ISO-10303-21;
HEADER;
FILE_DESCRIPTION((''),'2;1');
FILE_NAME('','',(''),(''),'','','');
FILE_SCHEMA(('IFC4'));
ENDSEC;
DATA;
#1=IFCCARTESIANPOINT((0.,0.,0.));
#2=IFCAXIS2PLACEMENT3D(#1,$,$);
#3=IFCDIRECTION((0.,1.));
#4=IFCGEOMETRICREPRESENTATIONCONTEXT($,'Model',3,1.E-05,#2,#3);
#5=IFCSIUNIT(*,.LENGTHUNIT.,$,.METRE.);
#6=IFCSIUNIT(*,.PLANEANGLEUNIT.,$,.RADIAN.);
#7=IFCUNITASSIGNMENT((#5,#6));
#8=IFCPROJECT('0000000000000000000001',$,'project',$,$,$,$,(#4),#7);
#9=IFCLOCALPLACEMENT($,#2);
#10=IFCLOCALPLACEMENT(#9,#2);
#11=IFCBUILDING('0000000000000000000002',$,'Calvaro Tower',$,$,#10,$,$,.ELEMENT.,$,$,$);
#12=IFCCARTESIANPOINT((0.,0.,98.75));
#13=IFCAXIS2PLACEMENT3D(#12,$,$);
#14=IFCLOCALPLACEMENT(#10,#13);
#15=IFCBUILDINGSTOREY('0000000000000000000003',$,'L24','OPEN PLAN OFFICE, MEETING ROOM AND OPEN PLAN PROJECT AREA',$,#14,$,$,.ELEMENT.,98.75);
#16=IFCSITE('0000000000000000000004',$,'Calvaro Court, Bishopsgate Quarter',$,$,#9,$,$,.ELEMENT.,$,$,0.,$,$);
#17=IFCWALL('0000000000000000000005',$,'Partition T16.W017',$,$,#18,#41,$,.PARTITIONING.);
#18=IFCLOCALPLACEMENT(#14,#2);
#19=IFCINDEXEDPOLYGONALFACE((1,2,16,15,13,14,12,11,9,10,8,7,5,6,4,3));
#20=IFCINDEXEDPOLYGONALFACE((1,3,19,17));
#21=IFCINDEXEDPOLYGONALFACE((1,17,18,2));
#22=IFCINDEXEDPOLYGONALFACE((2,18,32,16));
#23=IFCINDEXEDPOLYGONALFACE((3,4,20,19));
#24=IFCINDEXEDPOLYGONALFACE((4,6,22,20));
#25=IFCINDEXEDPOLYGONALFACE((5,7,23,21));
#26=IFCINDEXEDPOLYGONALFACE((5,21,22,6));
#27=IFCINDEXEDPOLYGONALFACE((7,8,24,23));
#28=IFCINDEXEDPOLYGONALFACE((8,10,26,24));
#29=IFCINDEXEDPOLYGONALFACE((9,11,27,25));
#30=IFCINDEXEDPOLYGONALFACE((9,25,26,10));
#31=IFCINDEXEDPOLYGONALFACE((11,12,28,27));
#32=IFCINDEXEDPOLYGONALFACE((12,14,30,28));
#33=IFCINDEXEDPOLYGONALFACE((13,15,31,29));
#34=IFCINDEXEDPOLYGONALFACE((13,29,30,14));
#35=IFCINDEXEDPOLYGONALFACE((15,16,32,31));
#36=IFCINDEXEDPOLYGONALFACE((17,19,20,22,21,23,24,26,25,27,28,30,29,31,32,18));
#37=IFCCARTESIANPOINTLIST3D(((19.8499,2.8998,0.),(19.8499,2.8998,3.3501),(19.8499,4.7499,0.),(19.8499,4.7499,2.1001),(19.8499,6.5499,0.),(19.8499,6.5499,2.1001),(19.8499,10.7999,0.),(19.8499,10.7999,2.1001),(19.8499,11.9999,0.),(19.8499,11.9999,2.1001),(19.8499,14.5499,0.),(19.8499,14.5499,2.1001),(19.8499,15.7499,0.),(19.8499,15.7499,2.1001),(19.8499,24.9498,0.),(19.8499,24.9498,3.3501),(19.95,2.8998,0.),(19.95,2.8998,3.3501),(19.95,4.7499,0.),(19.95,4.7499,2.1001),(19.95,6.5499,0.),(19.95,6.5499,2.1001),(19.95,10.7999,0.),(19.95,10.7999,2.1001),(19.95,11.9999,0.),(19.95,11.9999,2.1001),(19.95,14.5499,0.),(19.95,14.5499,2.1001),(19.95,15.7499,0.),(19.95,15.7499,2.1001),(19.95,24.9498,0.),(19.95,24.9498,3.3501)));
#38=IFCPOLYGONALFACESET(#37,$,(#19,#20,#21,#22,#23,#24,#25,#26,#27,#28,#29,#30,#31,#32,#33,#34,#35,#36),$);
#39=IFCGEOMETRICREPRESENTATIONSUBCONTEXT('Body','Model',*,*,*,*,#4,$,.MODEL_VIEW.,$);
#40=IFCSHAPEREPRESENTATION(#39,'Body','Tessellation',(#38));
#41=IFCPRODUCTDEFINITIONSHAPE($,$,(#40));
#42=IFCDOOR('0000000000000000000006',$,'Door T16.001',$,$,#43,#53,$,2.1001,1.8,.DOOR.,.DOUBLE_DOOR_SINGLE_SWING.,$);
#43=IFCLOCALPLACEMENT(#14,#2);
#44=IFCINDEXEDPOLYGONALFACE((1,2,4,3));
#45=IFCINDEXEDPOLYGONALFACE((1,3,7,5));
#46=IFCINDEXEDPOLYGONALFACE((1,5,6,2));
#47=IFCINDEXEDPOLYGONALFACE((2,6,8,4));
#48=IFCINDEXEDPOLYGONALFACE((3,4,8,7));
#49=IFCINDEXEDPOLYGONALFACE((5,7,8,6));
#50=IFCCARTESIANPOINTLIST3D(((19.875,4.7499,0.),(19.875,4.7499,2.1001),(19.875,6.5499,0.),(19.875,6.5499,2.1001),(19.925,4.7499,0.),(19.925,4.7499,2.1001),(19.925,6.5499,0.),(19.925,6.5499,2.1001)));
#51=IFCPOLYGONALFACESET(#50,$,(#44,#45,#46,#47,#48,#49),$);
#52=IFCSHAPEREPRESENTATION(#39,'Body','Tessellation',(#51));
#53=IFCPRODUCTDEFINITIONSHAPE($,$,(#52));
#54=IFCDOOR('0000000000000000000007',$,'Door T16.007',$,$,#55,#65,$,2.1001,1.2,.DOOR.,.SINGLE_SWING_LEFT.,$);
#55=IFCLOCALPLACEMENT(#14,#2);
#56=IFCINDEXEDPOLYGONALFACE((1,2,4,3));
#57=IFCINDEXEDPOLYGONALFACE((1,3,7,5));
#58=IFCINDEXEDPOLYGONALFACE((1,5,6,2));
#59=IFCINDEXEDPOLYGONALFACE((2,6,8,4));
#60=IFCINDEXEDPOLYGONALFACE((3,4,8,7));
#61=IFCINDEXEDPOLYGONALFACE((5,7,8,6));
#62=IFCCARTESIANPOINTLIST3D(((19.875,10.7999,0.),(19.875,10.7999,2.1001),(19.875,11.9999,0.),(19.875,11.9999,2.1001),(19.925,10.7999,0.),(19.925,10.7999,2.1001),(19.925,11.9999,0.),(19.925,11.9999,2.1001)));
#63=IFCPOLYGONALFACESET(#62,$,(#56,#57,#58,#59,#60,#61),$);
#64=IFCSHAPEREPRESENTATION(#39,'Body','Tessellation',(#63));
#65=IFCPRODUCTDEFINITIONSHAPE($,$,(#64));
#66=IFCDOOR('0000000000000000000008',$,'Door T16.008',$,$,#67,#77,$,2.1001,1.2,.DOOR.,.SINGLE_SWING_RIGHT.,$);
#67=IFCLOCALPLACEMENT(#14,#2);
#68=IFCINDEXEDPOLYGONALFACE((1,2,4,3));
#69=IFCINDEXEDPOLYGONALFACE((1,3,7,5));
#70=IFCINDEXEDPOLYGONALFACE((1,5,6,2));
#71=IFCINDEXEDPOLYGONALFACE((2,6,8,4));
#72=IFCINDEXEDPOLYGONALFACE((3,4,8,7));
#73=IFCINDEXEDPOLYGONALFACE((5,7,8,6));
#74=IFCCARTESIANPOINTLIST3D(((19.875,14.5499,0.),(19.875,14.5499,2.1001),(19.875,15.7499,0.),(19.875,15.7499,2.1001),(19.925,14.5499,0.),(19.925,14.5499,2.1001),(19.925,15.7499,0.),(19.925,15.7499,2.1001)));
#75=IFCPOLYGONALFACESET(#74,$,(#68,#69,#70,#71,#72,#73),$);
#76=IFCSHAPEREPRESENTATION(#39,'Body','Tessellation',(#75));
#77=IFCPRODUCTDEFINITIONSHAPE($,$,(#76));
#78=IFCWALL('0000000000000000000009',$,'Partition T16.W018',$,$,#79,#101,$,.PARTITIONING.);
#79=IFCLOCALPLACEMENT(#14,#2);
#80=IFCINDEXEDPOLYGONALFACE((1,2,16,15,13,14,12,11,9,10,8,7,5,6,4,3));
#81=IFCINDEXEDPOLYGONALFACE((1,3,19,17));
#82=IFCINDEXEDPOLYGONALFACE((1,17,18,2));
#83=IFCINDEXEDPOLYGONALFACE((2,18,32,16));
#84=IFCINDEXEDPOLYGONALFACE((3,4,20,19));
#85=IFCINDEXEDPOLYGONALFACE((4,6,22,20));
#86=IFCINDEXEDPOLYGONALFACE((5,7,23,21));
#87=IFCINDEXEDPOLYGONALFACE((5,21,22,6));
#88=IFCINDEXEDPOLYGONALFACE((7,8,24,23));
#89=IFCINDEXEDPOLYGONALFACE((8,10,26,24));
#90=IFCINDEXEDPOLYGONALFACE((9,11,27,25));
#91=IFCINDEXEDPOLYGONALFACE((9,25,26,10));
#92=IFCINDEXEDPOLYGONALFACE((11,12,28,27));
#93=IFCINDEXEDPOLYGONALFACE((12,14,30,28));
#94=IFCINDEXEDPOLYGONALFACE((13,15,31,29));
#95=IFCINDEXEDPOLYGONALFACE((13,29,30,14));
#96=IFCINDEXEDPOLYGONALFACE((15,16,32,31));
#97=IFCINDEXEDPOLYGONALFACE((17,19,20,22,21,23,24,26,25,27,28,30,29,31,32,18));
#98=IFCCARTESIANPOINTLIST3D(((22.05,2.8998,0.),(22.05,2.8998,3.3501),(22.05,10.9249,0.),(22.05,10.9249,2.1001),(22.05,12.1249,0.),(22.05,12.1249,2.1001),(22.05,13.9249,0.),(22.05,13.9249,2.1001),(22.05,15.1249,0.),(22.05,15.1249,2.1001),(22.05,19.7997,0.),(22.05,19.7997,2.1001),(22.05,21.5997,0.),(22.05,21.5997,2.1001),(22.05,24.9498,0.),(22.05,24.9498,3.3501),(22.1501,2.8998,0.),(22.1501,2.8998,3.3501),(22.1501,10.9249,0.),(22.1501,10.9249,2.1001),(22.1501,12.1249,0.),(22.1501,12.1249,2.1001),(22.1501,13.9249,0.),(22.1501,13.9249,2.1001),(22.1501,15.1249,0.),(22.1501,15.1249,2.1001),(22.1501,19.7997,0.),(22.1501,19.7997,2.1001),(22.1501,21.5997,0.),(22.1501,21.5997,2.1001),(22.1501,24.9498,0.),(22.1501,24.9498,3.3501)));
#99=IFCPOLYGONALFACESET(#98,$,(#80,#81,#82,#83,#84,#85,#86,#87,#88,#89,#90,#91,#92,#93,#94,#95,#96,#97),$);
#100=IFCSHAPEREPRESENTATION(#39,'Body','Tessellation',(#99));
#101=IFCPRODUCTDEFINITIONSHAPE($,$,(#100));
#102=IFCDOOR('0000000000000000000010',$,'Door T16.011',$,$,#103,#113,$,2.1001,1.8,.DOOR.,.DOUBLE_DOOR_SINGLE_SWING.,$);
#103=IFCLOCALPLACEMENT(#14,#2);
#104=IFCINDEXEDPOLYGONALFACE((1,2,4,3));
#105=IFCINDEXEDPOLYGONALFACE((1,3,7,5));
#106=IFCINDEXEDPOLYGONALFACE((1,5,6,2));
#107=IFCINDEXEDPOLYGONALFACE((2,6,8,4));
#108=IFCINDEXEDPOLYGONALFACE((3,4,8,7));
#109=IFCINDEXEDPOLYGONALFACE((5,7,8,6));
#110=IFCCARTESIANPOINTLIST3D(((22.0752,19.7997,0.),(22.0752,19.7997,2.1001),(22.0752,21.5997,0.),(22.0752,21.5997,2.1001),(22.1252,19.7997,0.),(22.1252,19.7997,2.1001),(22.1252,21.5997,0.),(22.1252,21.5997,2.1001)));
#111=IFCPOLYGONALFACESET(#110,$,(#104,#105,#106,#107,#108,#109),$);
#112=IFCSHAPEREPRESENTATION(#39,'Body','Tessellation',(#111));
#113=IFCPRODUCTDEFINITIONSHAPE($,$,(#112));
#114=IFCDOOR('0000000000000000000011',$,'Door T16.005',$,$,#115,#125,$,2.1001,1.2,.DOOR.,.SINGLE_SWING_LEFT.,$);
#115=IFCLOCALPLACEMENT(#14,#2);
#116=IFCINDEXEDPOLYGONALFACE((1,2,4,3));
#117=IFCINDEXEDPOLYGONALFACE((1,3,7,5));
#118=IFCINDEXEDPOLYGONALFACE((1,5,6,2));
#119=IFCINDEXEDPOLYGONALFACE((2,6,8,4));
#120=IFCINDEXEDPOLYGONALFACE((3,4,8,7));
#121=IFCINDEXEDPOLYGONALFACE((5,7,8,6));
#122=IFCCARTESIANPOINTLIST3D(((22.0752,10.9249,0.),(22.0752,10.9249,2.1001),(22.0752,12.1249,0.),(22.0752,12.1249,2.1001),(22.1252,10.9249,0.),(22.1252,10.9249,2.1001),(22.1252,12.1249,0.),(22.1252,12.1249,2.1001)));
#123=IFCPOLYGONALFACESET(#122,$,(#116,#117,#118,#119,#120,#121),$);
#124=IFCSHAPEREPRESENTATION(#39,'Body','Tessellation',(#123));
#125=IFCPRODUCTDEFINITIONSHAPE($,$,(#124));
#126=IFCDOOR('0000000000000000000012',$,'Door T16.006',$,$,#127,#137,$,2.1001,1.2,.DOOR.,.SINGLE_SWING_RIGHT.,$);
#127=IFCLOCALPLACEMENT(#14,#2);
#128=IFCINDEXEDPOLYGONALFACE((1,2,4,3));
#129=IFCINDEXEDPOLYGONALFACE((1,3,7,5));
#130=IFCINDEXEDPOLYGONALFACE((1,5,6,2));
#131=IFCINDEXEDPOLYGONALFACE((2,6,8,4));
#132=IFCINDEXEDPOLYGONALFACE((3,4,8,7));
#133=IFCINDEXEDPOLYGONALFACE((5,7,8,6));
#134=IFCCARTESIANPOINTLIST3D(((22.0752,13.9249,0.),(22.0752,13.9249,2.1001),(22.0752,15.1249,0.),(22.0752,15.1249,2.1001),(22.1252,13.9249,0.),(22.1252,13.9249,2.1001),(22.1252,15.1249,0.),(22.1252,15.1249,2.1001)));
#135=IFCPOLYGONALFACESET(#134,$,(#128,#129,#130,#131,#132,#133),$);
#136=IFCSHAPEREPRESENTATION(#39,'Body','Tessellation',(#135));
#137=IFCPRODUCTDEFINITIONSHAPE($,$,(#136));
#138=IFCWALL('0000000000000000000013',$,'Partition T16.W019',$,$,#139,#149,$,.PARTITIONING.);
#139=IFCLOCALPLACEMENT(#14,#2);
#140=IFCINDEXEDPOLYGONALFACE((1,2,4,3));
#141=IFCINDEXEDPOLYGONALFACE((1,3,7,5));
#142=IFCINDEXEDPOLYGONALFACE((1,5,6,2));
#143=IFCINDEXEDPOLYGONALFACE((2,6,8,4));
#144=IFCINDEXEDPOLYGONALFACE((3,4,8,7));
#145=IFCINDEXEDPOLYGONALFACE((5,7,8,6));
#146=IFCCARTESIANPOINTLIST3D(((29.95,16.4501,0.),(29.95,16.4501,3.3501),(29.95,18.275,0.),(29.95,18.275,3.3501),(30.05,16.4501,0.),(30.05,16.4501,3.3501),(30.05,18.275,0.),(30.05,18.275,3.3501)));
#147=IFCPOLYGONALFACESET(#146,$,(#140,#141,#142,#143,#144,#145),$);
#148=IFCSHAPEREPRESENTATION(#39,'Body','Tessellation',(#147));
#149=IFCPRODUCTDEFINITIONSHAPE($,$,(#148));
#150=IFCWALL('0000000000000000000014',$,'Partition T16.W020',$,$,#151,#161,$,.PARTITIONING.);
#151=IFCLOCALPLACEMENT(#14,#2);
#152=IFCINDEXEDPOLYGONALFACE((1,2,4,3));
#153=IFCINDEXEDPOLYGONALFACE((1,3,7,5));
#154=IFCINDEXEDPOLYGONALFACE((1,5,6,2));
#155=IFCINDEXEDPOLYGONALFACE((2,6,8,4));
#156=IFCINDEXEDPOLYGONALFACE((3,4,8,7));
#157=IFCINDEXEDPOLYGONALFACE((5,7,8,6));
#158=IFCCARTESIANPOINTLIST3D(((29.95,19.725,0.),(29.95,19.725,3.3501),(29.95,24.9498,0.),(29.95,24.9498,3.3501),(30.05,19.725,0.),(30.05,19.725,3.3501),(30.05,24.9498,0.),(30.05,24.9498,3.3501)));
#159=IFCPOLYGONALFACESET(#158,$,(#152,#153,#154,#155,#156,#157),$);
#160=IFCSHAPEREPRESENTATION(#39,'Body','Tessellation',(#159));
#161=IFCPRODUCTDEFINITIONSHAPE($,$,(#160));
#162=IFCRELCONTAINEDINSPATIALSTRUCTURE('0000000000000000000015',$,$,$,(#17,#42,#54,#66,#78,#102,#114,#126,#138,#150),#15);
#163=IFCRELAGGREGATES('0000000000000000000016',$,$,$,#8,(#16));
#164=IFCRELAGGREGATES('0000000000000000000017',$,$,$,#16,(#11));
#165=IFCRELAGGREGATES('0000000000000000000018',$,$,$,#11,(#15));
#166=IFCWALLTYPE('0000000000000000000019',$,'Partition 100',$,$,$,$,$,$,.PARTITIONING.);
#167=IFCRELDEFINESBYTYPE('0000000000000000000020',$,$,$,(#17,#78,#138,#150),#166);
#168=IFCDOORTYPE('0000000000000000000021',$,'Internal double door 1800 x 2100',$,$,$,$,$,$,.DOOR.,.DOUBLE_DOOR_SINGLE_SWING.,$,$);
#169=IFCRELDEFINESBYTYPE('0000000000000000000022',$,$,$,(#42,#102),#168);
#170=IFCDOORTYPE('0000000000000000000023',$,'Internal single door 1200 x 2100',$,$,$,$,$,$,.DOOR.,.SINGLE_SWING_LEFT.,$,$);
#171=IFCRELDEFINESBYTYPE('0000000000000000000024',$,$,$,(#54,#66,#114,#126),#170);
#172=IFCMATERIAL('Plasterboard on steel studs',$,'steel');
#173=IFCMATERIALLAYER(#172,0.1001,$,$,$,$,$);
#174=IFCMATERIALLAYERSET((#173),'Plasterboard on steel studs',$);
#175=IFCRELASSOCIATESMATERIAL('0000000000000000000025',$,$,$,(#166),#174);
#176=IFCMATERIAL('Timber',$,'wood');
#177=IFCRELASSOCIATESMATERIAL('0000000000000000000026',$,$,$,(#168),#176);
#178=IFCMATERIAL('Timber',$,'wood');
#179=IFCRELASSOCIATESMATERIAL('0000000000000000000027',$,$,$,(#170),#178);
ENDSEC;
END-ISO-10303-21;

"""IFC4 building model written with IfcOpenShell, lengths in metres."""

from ifc_helpers import new_model, si_unit, direction, frame, frame_2d, origin, place, context, subcontext, project, spatial, rectangle, extrude, material, layer, layer_set, type_object, element, fill, save


model = new_model("IFC4")

# Units and contexts
model_context = context("Model", 3, precision=1e-05, world=origin(), true_north=direction((0.0, 1.0)))
body_context = subcontext(model_context, "Body", "Model", "MODEL_VIEW")
ifc_project = project(units=[si_unit("LENGTHUNIT", "METRE"), si_unit("PLANEANGLEUNIT", "RADIAN")], contexts=[model_context])

# Site, building, storey
site_placement = place(None, origin())
site = spatial("IfcSite", under=ifc_project, at=site_placement, Name="Calvaro Court, Bishopsgate Quarter", CompositionType="ELEMENT", RefElevation=0.0)
building_placement = place(site_placement, origin())
building = spatial("IfcBuilding", under=site, at=building_placement, Name="Calvaro Tower", CompositionType="ELEMENT")
storey_placement = place(building_placement, frame((0.0, 0.0, 98.75)))
storey = spatial("IfcBuildingStorey", under=building, at=storey_placement, Name="L24", Description="OPEN PLAN OFFICE, MEETING ROOM AND OPEN PLAN PROJECT AREA", CompositionType="ELEMENT", Elevation=98.75)

# Shared definitions
ifc_material_1 = material(Name="Plasterboard on steel studs", Category="steel")
ifc_layer_1 = layer(ifc_material_1, 0.1001)
ifc_layer_set_1 = layer_set([ifc_layer_1], Name="Plasterboard on steel studs")
wall_type_1 = type_object("IfcWallType", Name="Partition 100", PredefinedType="PARTITIONING", material=ifc_layer_set_1)

# Walls, openings, doors
wall_1_placement = place(storey_placement, frame((19.8999, 2.8999, 0.0), z_axis=(0.0, 0.0, 1.0), x_axis=(0.0, 1.0, 0.0)))
wall_1 = element("IfcWall", 1, at=wall_1_placement, inside=storey, type_object=wall_type_1, Name="Partition T16.W017", PredefinedType="PARTITIONING", context=body_context, shape_type="SweptSolid", body=[
    extrude(rectangle(XDim=22.05, YDim=0.1001, at=frame_2d((11.0249, 0.0))), origin(), (0.0, 0.0, 1.0), 3.3501),
])
opening_1_placement = place(wall_1_placement, frame((1.8501, 0.0, 0.0)))
opening_1 = element("IfcOpeningElement", 2, at=opening_1_placement, cuts=wall_1, PredefinedType="OPENING", context=body_context, shape_type="SweptSolid", body=[
    extrude(rectangle(XDim=1.8, YDim=2.1001, at=frame_2d((0.8999, 1.05))), frame((0.0, 0.0601, 0.0), z_axis=(0.0, -1.0, 0.0), x_axis=(1.0, 0.0, 0.0)), (0.0, 0.0, 1.0), 0.1201),
])
opening_2_placement = place(wall_1_placement, frame((7.8999, 0.0, 0.0)))
opening_2 = element("IfcOpeningElement", 3, at=opening_2_placement, cuts=wall_1, PredefinedType="OPENING", context=body_context, shape_type="SweptSolid", body=[
    extrude(rectangle(XDim=1.2, YDim=2.1001, at=frame_2d((0.6001, 1.05))), frame((0.0, 0.0601, 0.0), z_axis=(0.0, -1.0, 0.0), x_axis=(1.0, 0.0, 0.0)), (0.0, 0.0, 1.0), 0.1201),
])
opening_3_placement = place(wall_1_placement, frame((11.6499, 0.0, 0.0)))
opening_3 = element("IfcOpeningElement", 4, at=opening_3_placement, cuts=wall_1, PredefinedType="OPENING", context=body_context, shape_type="SweptSolid", body=[
    extrude(rectangle(XDim=1.2, YDim=2.1001, at=frame_2d((0.6001, 1.05))), frame((0.0, 0.0601, 0.0), z_axis=(0.0, -1.0, 0.0), x_axis=(1.0, 0.0, 0.0)), (0.0, 0.0, 1.0), 0.1201),
])
ifc_material_2 = material(Name="Timber", Category="wood")
door_type_1 = type_object("IfcDoorType", Name="Internal double door 1800 x 2100", OperationType="DOUBLE_DOOR_SINGLE_SWING", PredefinedType="DOOR", material=ifc_material_2)
door_1_placement = place(opening_1_placement, origin())
door_1 = element("IfcDoor", 5, at=door_1_placement, inside=storey, type_object=door_type_1, Name="Door T16.001", OperationType="DOUBLE_DOOR_SINGLE_SWING", OverallHeight=2.1001, OverallWidth=1.8, PredefinedType="DOOR", context=body_context, shape_type="SweptSolid", body=[
    extrude(rectangle(XDim=1.8, YDim=2.1001, at=frame_2d((0.8999, 1.05))), frame((0.0, 0.0249, 0.0), z_axis=(0.0, -1.0, 0.0), x_axis=(1.0, 0.0, 0.0)), (0.0, 0.0, 1.0), 0.05),
])
fill(opening_1, door_1)
ifc_material_3 = material(Name="Timber", Category="wood")
door_type_2 = type_object("IfcDoorType", Name="Internal single door 1200 x 2100", OperationType="SINGLE_SWING_LEFT", PredefinedType="DOOR", material=ifc_material_3)
door_2_placement = place(opening_2_placement, origin())
door_2 = element("IfcDoor", 6, at=door_2_placement, inside=storey, type_object=door_type_2, Name="Door T16.007", OperationType="SINGLE_SWING_LEFT", OverallHeight=2.1001, OverallWidth=1.2, PredefinedType="DOOR", context=body_context, shape_type="SweptSolid", body=[
    extrude(rectangle(XDim=1.2, YDim=2.1001, at=frame_2d((0.6001, 1.05))), frame((0.0, 0.0249, 0.0), z_axis=(0.0, -1.0, 0.0), x_axis=(1.0, 0.0, 0.0)), (0.0, 0.0, 1.0), 0.05),
])
fill(opening_2, door_2)
door_3_placement = place(opening_3_placement, origin())
door_3 = element("IfcDoor", 7, at=door_3_placement, inside=storey, type_object=door_type_2, Name="Door T16.008", OperationType="SINGLE_SWING_RIGHT", OverallHeight=2.1001, OverallWidth=1.2, PredefinedType="DOOR", context=body_context, shape_type="SweptSolid", body=[
    extrude(rectangle(XDim=1.2, YDim=2.1001, at=frame_2d((0.6001, 1.05))), frame((0.0, 0.0249, 0.0), z_axis=(0.0, -1.0, 0.0), x_axis=(1.0, 0.0, 0.0)), (0.0, 0.0, 1.0), 0.05),
])
fill(opening_3, door_3)
wall_2_placement = place(storey_placement, frame((22.1001, 2.8999, 0.0), z_axis=(0.0, 0.0, 1.0), x_axis=(0.0, 1.0, 0.0)))
wall_2 = element("IfcWall", 8, at=wall_2_placement, inside=storey, type_object=wall_type_1, Name="Partition T16.W018", PredefinedType="PARTITIONING", context=body_context, shape_type="SweptSolid", body=[
    extrude(rectangle(XDim=22.05, YDim=0.1001, at=frame_2d((11.0249, 0.0))), origin(), (0.0, 0.0, 1.0), 3.3501),
])
opening_4_placement = place(wall_2_placement, frame((8.0249, 0.0, 0.0)))
opening_4 = element("IfcOpeningElement", 9, at=opening_4_placement, cuts=wall_2, PredefinedType="OPENING", context=body_context, shape_type="SweptSolid", body=[
    extrude(rectangle(XDim=1.2, YDim=2.1001, at=frame_2d((0.6001, 1.05))), frame((0.0, 0.0601, 0.0), z_axis=(0.0, -1.0, 0.0), x_axis=(1.0, 0.0, 0.0)), (0.0, 0.0, 1.0), 0.1201),
])
opening_5_placement = place(wall_2_placement, frame((11.0249, 0.0, 0.0)))
opening_5 = element("IfcOpeningElement", 10, at=opening_5_placement, cuts=wall_2, PredefinedType="OPENING", context=body_context, shape_type="SweptSolid", body=[
    extrude(rectangle(XDim=1.2, YDim=2.1001, at=frame_2d((0.6001, 1.05))), frame((0.0, 0.0601, 0.0), z_axis=(0.0, -1.0, 0.0), x_axis=(1.0, 0.0, 0.0)), (0.0, 0.0, 1.0), 0.1201),
])
opening_6_placement = place(wall_2_placement, frame((16.8999, 0.0, 0.0)))
opening_6 = element("IfcOpeningElement", 11, at=opening_6_placement, cuts=wall_2, PredefinedType="OPENING", context=body_context, shape_type="SweptSolid", body=[
    extrude(rectangle(XDim=1.8, YDim=2.1001, at=frame_2d((0.8999, 1.05))), frame((0.0, 0.0601, 0.0), z_axis=(0.0, -1.0, 0.0), x_axis=(1.0, 0.0, 0.0)), (0.0, 0.0, 1.0), 0.1201),
])
door_4_placement = place(opening_6_placement, origin())
door_4 = element("IfcDoor", 12, at=door_4_placement, inside=storey, type_object=door_type_1, Name="Door T16.011", OperationType="DOUBLE_DOOR_SINGLE_SWING", OverallHeight=2.1001, OverallWidth=1.8, PredefinedType="DOOR", context=body_context, shape_type="SweptSolid", body=[
    extrude(rectangle(XDim=1.8, YDim=2.1001, at=frame_2d((0.8999, 1.05))), frame((0.0, 0.0249, 0.0), z_axis=(0.0, -1.0, 0.0), x_axis=(1.0, 0.0, 0.0)), (0.0, 0.0, 1.0), 0.05),
])
fill(opening_6, door_4)
door_5_placement = place(opening_4_placement, origin())
door_5 = element("IfcDoor", 13, at=door_5_placement, inside=storey, type_object=door_type_2, Name="Door T16.005", OperationType="SINGLE_SWING_LEFT", OverallHeight=2.1001, OverallWidth=1.2, PredefinedType="DOOR", context=body_context, shape_type="SweptSolid", body=[
    extrude(rectangle(XDim=1.2, YDim=2.1001, at=frame_2d((0.6001, 1.05))), frame((0.0, 0.0249, 0.0), z_axis=(0.0, -1.0, 0.0), x_axis=(1.0, 0.0, 0.0)), (0.0, 0.0, 1.0), 0.05),
])
fill(opening_4, door_5)
door_6_placement = place(opening_5_placement, origin())
door_6 = element("IfcDoor", 14, at=door_6_placement, inside=storey, type_object=door_type_2, Name="Door T16.006", OperationType="SINGLE_SWING_RIGHT", OverallHeight=2.1001, OverallWidth=1.2, PredefinedType="DOOR", context=body_context, shape_type="SweptSolid", body=[
    extrude(rectangle(XDim=1.2, YDim=2.1001, at=frame_2d((0.6001, 1.05))), frame((0.0, 0.0249, 0.0), z_axis=(0.0, -1.0, 0.0), x_axis=(1.0, 0.0, 0.0)), (0.0, 0.0, 1.0), 0.05),
])
fill(opening_5, door_6)

# Walls
wall_3_placement = place(storey_placement, frame((30.0, 16.45, 0.0), z_axis=(0.0, 0.0, 1.0), x_axis=(0.0, 1.0, 0.0)))
element("IfcWall", 15, at=wall_3_placement, inside=storey, type_object=wall_type_1, Name="Partition T16.W019", PredefinedType="PARTITIONING", context=body_context, shape_type="SweptSolid", body=[
    extrude(rectangle(XDim=1.825, YDim=0.1001, at=frame_2d((0.9126, 0.0))), origin(), (0.0, 0.0, 1.0), 3.3501),
])
wall_4_placement = place(storey_placement, frame((30.0, 19.7251, 0.0), z_axis=(0.0, 0.0, 1.0), x_axis=(0.0, 1.0, 0.0)))
element("IfcWall", 16, at=wall_4_placement, inside=storey, type_object=wall_type_1, Name="Partition T16.W020", PredefinedType="PARTITIONING", context=body_context, shape_type="SweptSolid", body=[
    extrude(rectangle(XDim=5.2249, YDim=0.1001, at=frame_2d((2.6123, 0.0))), origin(), (0.0, 0.0, 1.0), 3.3501),
])

save(model, "model.ifc")
